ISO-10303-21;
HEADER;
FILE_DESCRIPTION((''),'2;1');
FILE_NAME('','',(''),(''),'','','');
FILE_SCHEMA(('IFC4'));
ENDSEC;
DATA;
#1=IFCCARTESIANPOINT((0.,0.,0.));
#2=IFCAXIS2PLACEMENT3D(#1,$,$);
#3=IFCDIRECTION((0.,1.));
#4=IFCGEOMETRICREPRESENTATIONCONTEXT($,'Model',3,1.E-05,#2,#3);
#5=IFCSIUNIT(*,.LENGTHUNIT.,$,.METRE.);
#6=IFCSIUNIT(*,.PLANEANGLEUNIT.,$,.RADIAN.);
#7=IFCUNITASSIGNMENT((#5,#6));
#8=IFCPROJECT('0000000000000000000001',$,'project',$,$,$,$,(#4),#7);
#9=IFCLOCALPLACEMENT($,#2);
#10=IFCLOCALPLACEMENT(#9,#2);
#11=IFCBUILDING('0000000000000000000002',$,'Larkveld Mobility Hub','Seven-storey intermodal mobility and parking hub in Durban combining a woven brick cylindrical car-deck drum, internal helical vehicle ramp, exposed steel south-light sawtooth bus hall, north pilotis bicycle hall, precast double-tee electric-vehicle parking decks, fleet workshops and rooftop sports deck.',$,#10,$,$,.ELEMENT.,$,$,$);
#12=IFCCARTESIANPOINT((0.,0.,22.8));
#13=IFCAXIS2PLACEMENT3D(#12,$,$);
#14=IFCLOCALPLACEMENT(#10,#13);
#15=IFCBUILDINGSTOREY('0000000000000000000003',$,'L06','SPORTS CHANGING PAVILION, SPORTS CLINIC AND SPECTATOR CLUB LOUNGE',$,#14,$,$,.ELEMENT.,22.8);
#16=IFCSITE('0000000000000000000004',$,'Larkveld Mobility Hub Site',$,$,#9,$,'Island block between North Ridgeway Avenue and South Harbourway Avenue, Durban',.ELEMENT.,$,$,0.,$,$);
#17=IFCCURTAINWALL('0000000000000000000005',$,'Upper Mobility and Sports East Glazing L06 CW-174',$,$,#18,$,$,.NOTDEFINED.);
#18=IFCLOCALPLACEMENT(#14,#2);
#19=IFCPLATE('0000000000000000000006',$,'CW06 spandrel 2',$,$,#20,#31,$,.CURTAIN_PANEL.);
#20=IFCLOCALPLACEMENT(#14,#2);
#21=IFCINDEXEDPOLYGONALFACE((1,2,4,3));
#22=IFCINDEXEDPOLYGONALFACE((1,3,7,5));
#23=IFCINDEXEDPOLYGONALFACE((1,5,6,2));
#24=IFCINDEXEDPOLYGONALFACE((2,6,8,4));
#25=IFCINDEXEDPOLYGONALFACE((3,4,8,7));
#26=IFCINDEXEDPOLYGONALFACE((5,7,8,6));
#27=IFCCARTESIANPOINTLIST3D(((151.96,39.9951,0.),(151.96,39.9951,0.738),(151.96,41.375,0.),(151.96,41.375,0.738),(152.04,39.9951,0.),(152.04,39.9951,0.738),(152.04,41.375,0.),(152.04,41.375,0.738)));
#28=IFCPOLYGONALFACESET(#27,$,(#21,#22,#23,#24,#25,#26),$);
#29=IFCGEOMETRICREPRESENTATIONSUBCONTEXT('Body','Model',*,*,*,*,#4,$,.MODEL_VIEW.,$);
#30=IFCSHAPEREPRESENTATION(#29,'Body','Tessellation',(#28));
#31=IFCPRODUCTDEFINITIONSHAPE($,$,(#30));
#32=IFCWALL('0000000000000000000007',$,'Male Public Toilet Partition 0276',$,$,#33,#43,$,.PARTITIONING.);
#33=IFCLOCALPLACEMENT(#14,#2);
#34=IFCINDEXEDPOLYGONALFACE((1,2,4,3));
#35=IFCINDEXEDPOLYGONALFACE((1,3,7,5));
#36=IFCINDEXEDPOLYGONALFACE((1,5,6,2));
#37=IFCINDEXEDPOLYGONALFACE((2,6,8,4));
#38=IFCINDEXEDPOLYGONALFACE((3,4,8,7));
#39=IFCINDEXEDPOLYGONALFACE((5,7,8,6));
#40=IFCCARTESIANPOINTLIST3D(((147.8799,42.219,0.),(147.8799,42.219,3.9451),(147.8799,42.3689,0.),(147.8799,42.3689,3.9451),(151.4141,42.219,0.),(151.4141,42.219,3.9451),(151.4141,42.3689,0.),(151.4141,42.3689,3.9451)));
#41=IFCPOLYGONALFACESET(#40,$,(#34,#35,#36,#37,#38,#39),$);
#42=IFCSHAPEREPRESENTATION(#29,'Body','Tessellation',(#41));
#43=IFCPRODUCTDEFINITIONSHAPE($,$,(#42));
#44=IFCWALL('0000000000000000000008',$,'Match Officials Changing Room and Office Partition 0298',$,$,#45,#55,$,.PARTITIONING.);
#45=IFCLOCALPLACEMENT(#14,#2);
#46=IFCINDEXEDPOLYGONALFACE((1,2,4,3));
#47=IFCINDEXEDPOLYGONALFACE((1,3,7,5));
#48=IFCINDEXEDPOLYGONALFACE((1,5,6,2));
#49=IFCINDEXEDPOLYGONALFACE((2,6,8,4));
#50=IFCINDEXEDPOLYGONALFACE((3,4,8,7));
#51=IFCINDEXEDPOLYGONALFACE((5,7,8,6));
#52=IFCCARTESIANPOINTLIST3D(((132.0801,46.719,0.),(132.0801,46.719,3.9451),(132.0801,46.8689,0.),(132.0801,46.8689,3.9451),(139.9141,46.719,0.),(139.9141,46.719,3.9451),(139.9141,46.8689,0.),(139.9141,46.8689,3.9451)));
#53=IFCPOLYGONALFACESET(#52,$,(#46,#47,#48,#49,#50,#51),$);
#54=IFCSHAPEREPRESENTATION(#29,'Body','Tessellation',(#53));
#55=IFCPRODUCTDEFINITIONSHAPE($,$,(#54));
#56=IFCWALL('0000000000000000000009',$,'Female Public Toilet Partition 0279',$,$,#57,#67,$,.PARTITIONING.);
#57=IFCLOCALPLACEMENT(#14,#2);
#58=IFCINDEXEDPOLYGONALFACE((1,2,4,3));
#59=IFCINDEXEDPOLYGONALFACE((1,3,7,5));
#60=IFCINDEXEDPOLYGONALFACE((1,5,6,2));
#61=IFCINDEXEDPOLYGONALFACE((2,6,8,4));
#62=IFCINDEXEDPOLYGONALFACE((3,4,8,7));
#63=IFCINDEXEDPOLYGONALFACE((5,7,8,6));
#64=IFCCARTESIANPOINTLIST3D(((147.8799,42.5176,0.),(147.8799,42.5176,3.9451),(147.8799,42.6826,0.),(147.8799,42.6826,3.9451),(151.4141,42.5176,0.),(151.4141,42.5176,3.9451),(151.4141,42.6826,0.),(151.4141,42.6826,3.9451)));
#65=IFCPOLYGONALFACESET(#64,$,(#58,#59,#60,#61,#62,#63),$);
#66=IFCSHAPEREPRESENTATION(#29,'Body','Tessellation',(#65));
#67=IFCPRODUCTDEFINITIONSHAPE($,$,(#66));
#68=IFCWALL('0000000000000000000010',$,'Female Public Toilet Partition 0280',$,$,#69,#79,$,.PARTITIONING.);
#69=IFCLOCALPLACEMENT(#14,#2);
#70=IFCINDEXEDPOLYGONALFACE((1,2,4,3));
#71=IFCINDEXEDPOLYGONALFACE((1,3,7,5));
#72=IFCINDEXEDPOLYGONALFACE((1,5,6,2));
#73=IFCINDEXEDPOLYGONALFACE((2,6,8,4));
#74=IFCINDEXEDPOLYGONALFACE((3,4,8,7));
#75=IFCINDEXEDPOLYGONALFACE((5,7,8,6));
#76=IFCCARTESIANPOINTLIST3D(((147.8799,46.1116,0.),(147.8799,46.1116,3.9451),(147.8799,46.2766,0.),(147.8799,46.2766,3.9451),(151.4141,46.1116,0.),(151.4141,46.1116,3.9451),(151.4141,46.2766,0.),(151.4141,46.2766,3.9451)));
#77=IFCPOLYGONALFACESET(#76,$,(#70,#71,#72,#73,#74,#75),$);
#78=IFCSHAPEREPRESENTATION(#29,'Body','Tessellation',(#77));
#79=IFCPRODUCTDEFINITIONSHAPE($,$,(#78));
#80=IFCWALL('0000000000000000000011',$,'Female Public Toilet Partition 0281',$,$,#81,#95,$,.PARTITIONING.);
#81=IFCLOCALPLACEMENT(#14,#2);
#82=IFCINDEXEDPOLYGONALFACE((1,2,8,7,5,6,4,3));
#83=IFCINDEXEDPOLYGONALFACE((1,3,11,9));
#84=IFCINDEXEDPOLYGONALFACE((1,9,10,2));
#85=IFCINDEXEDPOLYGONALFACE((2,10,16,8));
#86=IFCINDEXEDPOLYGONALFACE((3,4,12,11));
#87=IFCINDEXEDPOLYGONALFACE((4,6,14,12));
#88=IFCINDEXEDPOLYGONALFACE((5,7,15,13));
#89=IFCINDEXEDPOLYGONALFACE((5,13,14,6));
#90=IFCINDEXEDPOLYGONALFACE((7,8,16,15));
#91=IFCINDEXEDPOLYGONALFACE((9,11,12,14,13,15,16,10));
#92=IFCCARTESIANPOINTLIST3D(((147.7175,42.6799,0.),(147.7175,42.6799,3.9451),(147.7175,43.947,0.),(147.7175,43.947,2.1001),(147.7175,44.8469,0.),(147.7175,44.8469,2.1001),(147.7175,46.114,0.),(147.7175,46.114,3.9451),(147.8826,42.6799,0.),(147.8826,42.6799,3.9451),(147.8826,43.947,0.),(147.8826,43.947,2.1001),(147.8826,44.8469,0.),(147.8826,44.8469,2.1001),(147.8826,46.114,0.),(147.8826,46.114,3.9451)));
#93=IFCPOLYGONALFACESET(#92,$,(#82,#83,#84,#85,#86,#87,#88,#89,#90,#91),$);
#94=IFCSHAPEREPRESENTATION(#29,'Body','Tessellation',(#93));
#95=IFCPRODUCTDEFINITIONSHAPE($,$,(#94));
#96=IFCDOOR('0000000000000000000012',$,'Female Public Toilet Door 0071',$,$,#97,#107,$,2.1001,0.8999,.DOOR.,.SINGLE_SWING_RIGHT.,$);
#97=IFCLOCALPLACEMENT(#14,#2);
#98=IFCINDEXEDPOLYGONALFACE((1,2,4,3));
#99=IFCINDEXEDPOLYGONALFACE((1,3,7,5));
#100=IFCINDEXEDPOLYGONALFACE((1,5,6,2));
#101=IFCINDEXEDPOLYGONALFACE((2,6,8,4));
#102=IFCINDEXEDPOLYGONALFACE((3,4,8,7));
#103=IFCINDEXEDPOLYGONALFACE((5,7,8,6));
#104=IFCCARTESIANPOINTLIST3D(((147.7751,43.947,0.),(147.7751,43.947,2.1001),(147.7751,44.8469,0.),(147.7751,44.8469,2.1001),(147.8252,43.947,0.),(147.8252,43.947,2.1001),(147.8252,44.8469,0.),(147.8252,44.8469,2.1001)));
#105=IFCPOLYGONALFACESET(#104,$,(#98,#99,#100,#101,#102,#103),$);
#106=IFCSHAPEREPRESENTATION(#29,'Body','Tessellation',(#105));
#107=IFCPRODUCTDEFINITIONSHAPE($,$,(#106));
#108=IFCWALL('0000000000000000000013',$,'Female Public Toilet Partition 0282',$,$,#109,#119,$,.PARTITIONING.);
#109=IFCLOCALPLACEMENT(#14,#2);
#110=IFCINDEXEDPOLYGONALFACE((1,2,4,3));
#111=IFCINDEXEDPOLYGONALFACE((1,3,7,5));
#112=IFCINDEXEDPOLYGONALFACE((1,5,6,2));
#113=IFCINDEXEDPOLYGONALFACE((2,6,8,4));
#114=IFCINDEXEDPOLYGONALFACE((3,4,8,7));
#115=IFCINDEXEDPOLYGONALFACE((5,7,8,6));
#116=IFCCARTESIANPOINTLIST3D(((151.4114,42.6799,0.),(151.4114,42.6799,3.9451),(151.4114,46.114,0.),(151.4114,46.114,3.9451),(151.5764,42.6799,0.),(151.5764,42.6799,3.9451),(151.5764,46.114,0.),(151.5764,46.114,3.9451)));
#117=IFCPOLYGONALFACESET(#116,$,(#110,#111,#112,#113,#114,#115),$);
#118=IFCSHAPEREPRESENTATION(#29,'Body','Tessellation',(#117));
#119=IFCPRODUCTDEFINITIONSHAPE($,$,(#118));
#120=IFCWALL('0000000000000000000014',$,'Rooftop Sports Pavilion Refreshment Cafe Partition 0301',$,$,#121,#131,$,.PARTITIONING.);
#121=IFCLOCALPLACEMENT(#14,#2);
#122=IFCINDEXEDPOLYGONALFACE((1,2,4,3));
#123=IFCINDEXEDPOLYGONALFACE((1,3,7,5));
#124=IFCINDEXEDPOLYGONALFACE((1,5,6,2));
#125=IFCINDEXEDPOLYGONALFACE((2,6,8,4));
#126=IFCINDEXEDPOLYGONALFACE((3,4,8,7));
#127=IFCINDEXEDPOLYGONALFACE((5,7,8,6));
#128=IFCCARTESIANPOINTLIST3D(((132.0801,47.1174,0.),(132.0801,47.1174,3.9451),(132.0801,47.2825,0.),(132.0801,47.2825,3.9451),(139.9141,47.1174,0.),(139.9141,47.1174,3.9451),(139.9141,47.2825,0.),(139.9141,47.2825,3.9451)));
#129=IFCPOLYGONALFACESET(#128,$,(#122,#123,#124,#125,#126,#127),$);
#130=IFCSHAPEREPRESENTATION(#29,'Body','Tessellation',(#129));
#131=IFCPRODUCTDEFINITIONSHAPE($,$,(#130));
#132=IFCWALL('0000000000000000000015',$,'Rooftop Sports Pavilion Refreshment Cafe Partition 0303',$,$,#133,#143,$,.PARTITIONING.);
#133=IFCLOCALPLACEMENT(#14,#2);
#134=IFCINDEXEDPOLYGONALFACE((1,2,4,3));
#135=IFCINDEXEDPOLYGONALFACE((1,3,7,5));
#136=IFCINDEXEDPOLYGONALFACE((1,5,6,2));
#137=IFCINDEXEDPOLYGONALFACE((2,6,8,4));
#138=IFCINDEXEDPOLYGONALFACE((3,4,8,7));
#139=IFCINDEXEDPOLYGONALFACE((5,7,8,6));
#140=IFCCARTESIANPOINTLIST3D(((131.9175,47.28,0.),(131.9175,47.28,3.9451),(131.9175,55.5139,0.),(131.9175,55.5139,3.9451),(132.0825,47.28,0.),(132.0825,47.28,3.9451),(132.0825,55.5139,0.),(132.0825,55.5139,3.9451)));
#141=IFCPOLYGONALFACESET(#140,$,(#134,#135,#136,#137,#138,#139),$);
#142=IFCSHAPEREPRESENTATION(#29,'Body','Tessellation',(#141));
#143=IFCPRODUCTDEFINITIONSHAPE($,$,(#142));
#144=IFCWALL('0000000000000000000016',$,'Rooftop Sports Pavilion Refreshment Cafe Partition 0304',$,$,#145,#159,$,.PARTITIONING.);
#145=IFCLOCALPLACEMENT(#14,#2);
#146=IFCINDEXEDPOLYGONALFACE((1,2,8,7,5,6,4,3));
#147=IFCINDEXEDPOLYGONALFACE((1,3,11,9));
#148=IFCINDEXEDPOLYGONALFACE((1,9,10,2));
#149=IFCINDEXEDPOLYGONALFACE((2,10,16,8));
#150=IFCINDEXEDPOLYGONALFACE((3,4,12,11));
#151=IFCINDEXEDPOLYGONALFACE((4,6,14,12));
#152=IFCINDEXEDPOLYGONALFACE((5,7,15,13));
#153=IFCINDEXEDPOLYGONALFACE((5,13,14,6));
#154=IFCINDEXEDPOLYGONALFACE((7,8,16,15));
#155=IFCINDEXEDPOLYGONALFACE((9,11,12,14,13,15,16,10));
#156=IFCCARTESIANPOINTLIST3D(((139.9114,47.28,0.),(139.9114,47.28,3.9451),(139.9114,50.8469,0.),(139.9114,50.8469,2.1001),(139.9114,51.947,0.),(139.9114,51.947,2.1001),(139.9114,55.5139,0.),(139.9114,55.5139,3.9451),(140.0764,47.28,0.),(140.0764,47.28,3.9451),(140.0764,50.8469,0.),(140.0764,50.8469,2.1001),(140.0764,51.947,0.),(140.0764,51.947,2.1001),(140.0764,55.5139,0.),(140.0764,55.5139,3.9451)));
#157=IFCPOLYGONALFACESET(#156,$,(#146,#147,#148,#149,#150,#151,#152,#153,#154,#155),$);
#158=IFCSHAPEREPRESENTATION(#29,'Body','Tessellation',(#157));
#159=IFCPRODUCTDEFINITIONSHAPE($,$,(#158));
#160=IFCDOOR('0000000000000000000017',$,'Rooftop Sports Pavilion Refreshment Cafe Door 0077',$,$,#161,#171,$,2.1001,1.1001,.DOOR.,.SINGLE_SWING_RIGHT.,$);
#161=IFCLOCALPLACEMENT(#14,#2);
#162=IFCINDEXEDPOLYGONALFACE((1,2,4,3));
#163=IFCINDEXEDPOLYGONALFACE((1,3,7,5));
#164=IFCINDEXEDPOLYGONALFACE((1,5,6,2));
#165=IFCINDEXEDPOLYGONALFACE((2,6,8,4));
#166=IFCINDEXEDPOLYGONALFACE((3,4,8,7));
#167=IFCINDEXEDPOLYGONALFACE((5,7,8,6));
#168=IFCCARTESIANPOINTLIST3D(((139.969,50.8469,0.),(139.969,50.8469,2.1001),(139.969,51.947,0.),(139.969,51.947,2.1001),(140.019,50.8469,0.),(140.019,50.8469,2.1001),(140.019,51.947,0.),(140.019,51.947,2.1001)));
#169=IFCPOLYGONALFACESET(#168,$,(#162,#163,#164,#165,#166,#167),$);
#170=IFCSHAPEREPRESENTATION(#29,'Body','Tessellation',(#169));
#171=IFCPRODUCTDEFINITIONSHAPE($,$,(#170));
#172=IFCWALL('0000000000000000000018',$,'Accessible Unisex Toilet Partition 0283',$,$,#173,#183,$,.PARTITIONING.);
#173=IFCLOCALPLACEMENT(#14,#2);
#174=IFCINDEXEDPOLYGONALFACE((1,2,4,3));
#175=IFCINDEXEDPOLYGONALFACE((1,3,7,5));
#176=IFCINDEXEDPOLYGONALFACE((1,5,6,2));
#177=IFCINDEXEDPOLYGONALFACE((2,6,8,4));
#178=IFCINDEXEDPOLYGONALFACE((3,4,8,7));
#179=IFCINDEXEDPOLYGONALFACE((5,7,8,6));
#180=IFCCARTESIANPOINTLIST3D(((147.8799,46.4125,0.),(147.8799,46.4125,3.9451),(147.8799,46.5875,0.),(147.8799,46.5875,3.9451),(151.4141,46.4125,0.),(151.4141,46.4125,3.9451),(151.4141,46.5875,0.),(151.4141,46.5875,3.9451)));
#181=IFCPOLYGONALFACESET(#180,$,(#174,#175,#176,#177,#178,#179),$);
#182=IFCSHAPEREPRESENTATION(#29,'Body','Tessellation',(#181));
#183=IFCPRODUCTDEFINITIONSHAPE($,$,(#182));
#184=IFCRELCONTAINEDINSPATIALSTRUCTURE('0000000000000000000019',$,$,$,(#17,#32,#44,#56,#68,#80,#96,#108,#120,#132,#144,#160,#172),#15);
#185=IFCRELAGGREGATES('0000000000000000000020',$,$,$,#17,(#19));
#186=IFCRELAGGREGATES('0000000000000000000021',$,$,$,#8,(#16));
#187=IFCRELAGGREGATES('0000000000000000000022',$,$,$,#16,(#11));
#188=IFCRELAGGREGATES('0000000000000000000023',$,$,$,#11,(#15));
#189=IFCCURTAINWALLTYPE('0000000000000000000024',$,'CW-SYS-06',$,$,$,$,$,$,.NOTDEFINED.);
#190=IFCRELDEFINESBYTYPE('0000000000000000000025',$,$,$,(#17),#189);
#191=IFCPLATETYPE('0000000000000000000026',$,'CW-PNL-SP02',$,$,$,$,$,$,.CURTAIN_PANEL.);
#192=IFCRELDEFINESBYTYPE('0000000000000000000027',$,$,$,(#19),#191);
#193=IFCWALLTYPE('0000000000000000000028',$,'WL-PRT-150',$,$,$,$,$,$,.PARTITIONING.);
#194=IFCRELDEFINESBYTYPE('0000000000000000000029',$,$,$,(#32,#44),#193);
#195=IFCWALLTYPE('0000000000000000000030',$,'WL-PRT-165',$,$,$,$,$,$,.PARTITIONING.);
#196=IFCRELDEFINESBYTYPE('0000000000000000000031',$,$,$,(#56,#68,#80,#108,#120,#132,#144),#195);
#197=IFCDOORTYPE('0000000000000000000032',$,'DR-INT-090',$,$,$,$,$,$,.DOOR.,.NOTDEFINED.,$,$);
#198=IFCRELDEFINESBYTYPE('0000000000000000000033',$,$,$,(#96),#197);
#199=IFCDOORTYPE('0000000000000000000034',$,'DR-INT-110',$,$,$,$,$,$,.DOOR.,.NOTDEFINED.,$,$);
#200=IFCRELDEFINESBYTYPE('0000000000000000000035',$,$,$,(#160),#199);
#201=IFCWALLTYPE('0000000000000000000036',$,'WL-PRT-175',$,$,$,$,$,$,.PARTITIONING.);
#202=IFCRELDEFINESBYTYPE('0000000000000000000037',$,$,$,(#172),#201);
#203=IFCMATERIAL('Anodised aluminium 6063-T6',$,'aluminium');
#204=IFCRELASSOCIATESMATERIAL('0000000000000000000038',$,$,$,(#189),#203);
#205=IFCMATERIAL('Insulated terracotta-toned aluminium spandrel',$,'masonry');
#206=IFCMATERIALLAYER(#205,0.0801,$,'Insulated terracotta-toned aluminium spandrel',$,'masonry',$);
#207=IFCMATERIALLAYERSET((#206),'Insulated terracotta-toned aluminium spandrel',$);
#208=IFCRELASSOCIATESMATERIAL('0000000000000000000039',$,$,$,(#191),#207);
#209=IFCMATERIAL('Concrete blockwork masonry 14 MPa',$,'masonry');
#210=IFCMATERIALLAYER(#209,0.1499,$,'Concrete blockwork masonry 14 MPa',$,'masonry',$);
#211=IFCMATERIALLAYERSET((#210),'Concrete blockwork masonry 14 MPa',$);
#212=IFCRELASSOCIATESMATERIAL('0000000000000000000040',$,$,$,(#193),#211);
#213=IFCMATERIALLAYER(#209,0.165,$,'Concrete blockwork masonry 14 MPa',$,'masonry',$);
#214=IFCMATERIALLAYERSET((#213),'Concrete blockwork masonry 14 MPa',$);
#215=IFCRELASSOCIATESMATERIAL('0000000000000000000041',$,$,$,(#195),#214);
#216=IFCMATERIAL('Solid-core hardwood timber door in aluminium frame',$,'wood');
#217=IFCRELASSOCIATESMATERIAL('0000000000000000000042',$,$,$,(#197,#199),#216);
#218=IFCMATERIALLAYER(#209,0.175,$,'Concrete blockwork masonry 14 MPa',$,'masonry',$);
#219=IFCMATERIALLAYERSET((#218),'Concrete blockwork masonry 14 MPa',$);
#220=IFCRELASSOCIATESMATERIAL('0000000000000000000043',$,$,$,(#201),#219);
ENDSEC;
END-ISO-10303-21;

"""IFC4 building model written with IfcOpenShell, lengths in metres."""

from ifc_helpers import new_model, si_unit, direction, frame, frame_2d, origin, origin_2d, place, context, subcontext, project, spatial, rectangle, extrude, material, layer, layer_set, type_object, element, fill, aggregate, save


model = new_model("IFC4")

# Units and contexts
model_context = context("Model", 3, precision=1e-05, world=origin(), true_north=direction((0.0, 1.0)))
body_context = subcontext(model_context, "Body", "Model", "MODEL_VIEW")
ifc_project = project(units=[si_unit("LENGTHUNIT", "METRE"), si_unit("PLANEANGLEUNIT", "RADIAN")], contexts=[model_context])

# Site, building, storey
site_placement = place(None, origin())
site = spatial("IfcSite", under=ifc_project, at=site_placement, Name="Larkveld Mobility Hub Site", LongName="Island block between North Ridgeway Avenue and South Harbourway Avenue, Durban", CompositionType="ELEMENT", RefElevation=0.0)
building_placement = place(site_placement, origin())
building = spatial("IfcBuilding", under=site, at=building_placement, Name="Larkveld Mobility Hub", Description="Seven-storey intermodal mobility and parking hub in Durban combining a woven brick cylindrical car-deck drum, internal helical vehicle ramp, exposed steel south-light sawtooth bus hall, north pilotis bicycle hall, precast double-tee electric-vehicle parking decks, fleet workshops and rooftop sports deck.", CompositionType="ELEMENT")
storey_placement = place(building_placement, frame((0.0, 0.0, 22.8)))
storey = spatial("IfcBuildingStorey", under=building, at=storey_placement, Name="L06", Description="SPORTS CHANGING PAVILION, SPORTS CLINIC AND SPECTATOR CLUB LOUNGE", CompositionType="ELEMENT", Elevation=22.8)

# Curtain wall
ifc_material_1 = material(Name="Anodised aluminium 6063-T6", Category="aluminium")
curtain_wall_type_1 = type_object("IfcCurtainWallType", Name="CW-SYS-06", PredefinedType="NOTDEFINED", material=ifc_material_1)
curtain_wall_1_placement = place(storey_placement, origin())
curtain_wall_1 = element("IfcCurtainWall", 1, at=curtain_wall_1_placement, inside=storey, type_object=curtain_wall_type_1, Name="Upper Mobility and Sports East Glazing L06 CW-174", PredefinedType="NOTDEFINED")

# Plate
ifc_material_2 = material(Name="Insulated terracotta-toned aluminium spandrel", Category="masonry")
ifc_layer_1 = layer(ifc_material_2, 0.0801, Name="Insulated terracotta-toned aluminium spandrel", Category="masonry")
ifc_layer_set_1 = layer_set([ifc_layer_1], Name="Insulated terracotta-toned aluminium spandrel")
plate_type_1 = type_object("IfcPlateType", Name="CW-PNL-SP02", PredefinedType="CURTAIN_PANEL", material=ifc_layer_set_1)
plate_1_placement = place(storey_placement, frame((152.0, 40.6851, 0.0), z_axis=(0.0, 0.0, 1.0), x_axis=(0.0, 1.0, 0.0)))
plate_1 = element("IfcPlate", 2, at=plate_1_placement, type_object=plate_type_1, Name="CW06 spandrel 2", PredefinedType="CURTAIN_PANEL", context=body_context, shape_type="SweptSolid", body=[
    extrude(rectangle(XDim=1.3799, YDim=0.0801, at=origin_2d()), origin(), (0.0, 0.0, 1.0), 0.738),
])
aggregate(curtain_wall_1, [plate_1])

# Walls
ifc_material_3 = material(Name="Concrete blockwork masonry 14 MPa", Category="masonry")
ifc_layer_2 = layer(ifc_material_3, 0.1499, Name="Concrete blockwork masonry 14 MPa", Category="masonry")
ifc_layer_set_2 = layer_set([ifc_layer_2], Name="Concrete blockwork masonry 14 MPa")
wall_type_1 = type_object("IfcWallType", Name="WL-PRT-150", PredefinedType="PARTITIONING", material=ifc_layer_set_2)
wall_1_placement = place(storey_placement, frame((147.8799, 42.2939, 0.0), z_axis=(0.0, 0.0, 1.0), x_axis=(1.0, 0.0, 0.0)))
element("IfcWall", 3, at=wall_1_placement, inside=storey, type_object=wall_type_1, Name="Male Public Toilet Partition 0276", PredefinedType="PARTITIONING", context=body_context, shape_type="SweptSolid", body=[
    extrude(rectangle(XDim=3.5342, YDim=0.1499, at=frame_2d((1.7671, 0.0))), origin(), (0.0, 0.0, 1.0), 3.9451),
])
wall_2_placement = place(storey_placement, frame((132.0801, 46.7939, 0.0), z_axis=(0.0, 0.0, 1.0), x_axis=(1.0, 0.0, 0.0)))
element("IfcWall", 4, at=wall_2_placement, inside=storey, type_object=wall_type_1, Name="Match Officials Changing Room and Office Partition 0298", PredefinedType="PARTITIONING", context=body_context, shape_type="SweptSolid", body=[
    extrude(rectangle(XDim=7.834, YDim=0.1499, at=frame_2d((3.917, 0.0))), origin(), (0.0, 0.0, 1.0), 3.9451),
])
ifc_layer_3 = layer(ifc_material_3, 0.165, Name="Concrete blockwork masonry 14 MPa", Category="masonry")
ifc_layer_set_3 = layer_set([ifc_layer_3], Name="Concrete blockwork masonry 14 MPa")
wall_type_2 = type_object("IfcWallType", Name="WL-PRT-165", PredefinedType="PARTITIONING", material=ifc_layer_set_3)
for number, where, z_axis, x_axis, name in (
    (5, (147.8799, 42.6001, 0.0), (0.0, 0.0, 1.0), (1.0, 0.0, 0.0), "Female Public Toilet Partition 0279"),
    (6, (147.8799, 46.1941, 0.0), (0.0, 0.0, 1.0), (1.0, 0.0, 0.0), "Female Public Toilet Partition 0280"),
):
    element("IfcWall", number, at=place(storey_placement, frame(where, z_axis=z_axis, x_axis=x_axis)), inside=storey, type_object=wall_type_2, Name=name, PredefinedType="PARTITIONING", context=body_context, shape_type="SweptSolid", body=[
        extrude(rectangle(XDim=3.5342, YDim=0.165, at=frame_2d((1.7671, 0.0))), origin(), (0.0, 0.0, 1.0), 3.9451),
    ])

# Wall, opening, door
wall_3_placement = place(storey_placement, frame((147.8, 42.6799, 0.0), z_axis=(0.0, 0.0, 1.0), x_axis=(0.0, 1.0, 0.0)))
wall_3 = element("IfcWall", 7, at=wall_3_placement, inside=storey, type_object=wall_type_2, Name="Female Public Toilet Partition 0281", PredefinedType="PARTITIONING", context=body_context, shape_type="SweptSolid", body=[
    extrude(rectangle(XDim=3.4341, YDim=0.165, at=frame_2d((1.717, 0.0))), origin(), (0.0, 0.0, 1.0), 3.9451),
])
opening_1_placement = place(wall_3_placement, frame((1.2671, 0.0, 0.0)))
opening_1 = element("IfcOpeningElement", 8, at=opening_1_placement, cuts=wall_3, PredefinedType="OPENING", context=body_context, shape_type="SweptSolid", body=[
    extrude(rectangle(XDim=0.8999, YDim=2.1001, at=frame_2d((0.45, 1.05))), frame((0.0, 0.0925, 0.0), z_axis=(0.0, -1.0, 0.0), x_axis=(1.0, 0.0, 0.0)), (0.0, 0.0, 1.0), 0.1851),
])
ifc_material_4 = material(Name="Solid-core hardwood timber door in aluminium frame", Category="wood")
door_type_1 = type_object("IfcDoorType", Name="DR-INT-090", OperationType="NOTDEFINED", PredefinedType="DOOR", material=ifc_material_4)
door_1_placement = place(opening_1_placement, origin())
door_1 = element("IfcDoor", 9, at=door_1_placement, inside=storey, type_object=door_type_1, Name="Female Public Toilet Door 0071", OperationType="SINGLE_SWING_RIGHT", OverallHeight=2.1001, OverallWidth=0.8999, PredefinedType="DOOR", context=body_context, shape_type="SweptSolid", body=[
    extrude(rectangle(XDim=0.8999, YDim=2.1001, at=frame_2d((0.45, 1.05))), frame((0.0, 0.0249, 0.0), z_axis=(0.0, -1.0, 0.0), x_axis=(1.0, 0.0, 0.0)), (0.0, 0.0, 1.0), 0.05),
])
fill(opening_1, door_1)

# Walls
wall_4_placement = place(storey_placement, frame((151.4939, 42.6799, 0.0), z_axis=(0.0, 0.0, 1.0), x_axis=(0.0, 1.0, 0.0)))
element("IfcWall", 10, at=wall_4_placement, inside=storey, type_object=wall_type_2, Name="Female Public Toilet Partition 0282", PredefinedType="PARTITIONING", context=body_context, shape_type="SweptSolid", body=[
    extrude(rectangle(XDim=3.4341, YDim=0.165, at=frame_2d((1.717, 0.0))), origin(), (0.0, 0.0, 1.0), 3.9451),
])
wall_5_placement = place(storey_placement, frame((132.0801, 47.2, 0.0), z_axis=(0.0, 0.0, 1.0), x_axis=(1.0, 0.0, 0.0)))
element("IfcWall", 11, at=wall_5_placement, inside=storey, type_object=wall_type_2, Name="Rooftop Sports Pavilion Refreshment Cafe Partition 0301", PredefinedType="PARTITIONING", context=body_context, shape_type="SweptSolid", body=[
    extrude(rectangle(XDim=7.834, YDim=0.165, at=frame_2d((3.917, 0.0))), origin(), (0.0, 0.0, 1.0), 3.9451),
])
wall_6_placement = place(storey_placement, frame((132.0, 47.28, 0.0), z_axis=(0.0, 0.0, 1.0), x_axis=(0.0, 1.0, 0.0)))
element("IfcWall", 12, at=wall_6_placement, inside=storey, type_object=wall_type_2, Name="Rooftop Sports Pavilion Refreshment Cafe Partition 0303", PredefinedType="PARTITIONING", context=body_context, shape_type="SweptSolid", body=[
    extrude(rectangle(XDim=8.2339, YDim=0.165, at=frame_2d((4.1169, 0.0))), origin(), (0.0, 0.0, 1.0), 3.9451),
])

# Wall, opening, door
wall_7_placement = place(storey_placement, frame((139.9939, 47.28, 0.0), z_axis=(0.0, 0.0, 1.0), x_axis=(0.0, 1.0, 0.0)))
wall_7 = element("IfcWall", 13, at=wall_7_placement, inside=storey, type_object=wall_type_2, Name="Rooftop Sports Pavilion Refreshment Cafe Partition 0304", PredefinedType="PARTITIONING", context=body_context, shape_type="SweptSolid", body=[
    extrude(rectangle(XDim=8.2339, YDim=0.165, at=frame_2d((4.1169, 0.0))), origin(), (0.0, 0.0, 1.0), 3.9451),
])
opening_2_placement = place(wall_7_placement, frame((3.5669, 0.0, 0.0)))
opening_2 = element("IfcOpeningElement", 14, at=opening_2_placement, cuts=wall_7, PredefinedType="OPENING", context=body_context, shape_type="SweptSolid", body=[
    extrude(rectangle(XDim=1.1001, YDim=2.1001, at=frame_2d((0.55, 1.05))), frame((0.0, 0.0925, 0.0), z_axis=(0.0, -1.0, 0.0), x_axis=(1.0, 0.0, 0.0)), (0.0, 0.0, 1.0), 0.1851),
])
door_type_2 = type_object("IfcDoorType", Name="DR-INT-110", OperationType="NOTDEFINED", PredefinedType="DOOR", material=ifc_material_4)
door_2_placement = place(opening_2_placement, origin())
door_2 = element("IfcDoor", 15, at=door_2_placement, inside=storey, type_object=door_type_2, Name="Rooftop Sports Pavilion Refreshment Cafe Door 0077", OperationType="SINGLE_SWING_RIGHT", OverallHeight=2.1001, OverallWidth=1.1001, PredefinedType="DOOR", context=body_context, shape_type="SweptSolid", body=[
    extrude(rectangle(XDim=1.1001, YDim=2.1001, at=frame_2d((0.55, 1.05))), frame((0.0, 0.0249, 0.0), z_axis=(0.0, -1.0, 0.0), x_axis=(1.0, 0.0, 0.0)), (0.0, 0.0, 1.0), 0.05),
])
fill(opening_2, door_2)

# Wall
ifc_layer_4 = layer(ifc_material_3, 0.175, Name="Concrete blockwork masonry 14 MPa", Category="masonry")
ifc_layer_set_4 = layer_set([ifc_layer_4], Name="Concrete blockwork masonry 14 MPa")
wall_type_3 = type_object("IfcWallType", Name="WL-PRT-175", PredefinedType="PARTITIONING", material=ifc_layer_set_4)
wall_8_placement = place(storey_placement, frame((147.8799, 46.5, 0.0), z_axis=(0.0, 0.0, 1.0), x_axis=(1.0, 0.0, 0.0)))
element("IfcWall", 16, at=wall_8_placement, inside=storey, type_object=wall_type_3, Name="Accessible Unisex Toilet Partition 0283", PredefinedType="PARTITIONING", context=body_context, shape_type="SweptSolid", body=[
    extrude(rectangle(XDim=3.5342, YDim=0.175, at=frame_2d((1.7671, 0.0))), origin(), (0.0, 0.0, 1.0), 3.9451),
])

save(model, "model.ifc")
